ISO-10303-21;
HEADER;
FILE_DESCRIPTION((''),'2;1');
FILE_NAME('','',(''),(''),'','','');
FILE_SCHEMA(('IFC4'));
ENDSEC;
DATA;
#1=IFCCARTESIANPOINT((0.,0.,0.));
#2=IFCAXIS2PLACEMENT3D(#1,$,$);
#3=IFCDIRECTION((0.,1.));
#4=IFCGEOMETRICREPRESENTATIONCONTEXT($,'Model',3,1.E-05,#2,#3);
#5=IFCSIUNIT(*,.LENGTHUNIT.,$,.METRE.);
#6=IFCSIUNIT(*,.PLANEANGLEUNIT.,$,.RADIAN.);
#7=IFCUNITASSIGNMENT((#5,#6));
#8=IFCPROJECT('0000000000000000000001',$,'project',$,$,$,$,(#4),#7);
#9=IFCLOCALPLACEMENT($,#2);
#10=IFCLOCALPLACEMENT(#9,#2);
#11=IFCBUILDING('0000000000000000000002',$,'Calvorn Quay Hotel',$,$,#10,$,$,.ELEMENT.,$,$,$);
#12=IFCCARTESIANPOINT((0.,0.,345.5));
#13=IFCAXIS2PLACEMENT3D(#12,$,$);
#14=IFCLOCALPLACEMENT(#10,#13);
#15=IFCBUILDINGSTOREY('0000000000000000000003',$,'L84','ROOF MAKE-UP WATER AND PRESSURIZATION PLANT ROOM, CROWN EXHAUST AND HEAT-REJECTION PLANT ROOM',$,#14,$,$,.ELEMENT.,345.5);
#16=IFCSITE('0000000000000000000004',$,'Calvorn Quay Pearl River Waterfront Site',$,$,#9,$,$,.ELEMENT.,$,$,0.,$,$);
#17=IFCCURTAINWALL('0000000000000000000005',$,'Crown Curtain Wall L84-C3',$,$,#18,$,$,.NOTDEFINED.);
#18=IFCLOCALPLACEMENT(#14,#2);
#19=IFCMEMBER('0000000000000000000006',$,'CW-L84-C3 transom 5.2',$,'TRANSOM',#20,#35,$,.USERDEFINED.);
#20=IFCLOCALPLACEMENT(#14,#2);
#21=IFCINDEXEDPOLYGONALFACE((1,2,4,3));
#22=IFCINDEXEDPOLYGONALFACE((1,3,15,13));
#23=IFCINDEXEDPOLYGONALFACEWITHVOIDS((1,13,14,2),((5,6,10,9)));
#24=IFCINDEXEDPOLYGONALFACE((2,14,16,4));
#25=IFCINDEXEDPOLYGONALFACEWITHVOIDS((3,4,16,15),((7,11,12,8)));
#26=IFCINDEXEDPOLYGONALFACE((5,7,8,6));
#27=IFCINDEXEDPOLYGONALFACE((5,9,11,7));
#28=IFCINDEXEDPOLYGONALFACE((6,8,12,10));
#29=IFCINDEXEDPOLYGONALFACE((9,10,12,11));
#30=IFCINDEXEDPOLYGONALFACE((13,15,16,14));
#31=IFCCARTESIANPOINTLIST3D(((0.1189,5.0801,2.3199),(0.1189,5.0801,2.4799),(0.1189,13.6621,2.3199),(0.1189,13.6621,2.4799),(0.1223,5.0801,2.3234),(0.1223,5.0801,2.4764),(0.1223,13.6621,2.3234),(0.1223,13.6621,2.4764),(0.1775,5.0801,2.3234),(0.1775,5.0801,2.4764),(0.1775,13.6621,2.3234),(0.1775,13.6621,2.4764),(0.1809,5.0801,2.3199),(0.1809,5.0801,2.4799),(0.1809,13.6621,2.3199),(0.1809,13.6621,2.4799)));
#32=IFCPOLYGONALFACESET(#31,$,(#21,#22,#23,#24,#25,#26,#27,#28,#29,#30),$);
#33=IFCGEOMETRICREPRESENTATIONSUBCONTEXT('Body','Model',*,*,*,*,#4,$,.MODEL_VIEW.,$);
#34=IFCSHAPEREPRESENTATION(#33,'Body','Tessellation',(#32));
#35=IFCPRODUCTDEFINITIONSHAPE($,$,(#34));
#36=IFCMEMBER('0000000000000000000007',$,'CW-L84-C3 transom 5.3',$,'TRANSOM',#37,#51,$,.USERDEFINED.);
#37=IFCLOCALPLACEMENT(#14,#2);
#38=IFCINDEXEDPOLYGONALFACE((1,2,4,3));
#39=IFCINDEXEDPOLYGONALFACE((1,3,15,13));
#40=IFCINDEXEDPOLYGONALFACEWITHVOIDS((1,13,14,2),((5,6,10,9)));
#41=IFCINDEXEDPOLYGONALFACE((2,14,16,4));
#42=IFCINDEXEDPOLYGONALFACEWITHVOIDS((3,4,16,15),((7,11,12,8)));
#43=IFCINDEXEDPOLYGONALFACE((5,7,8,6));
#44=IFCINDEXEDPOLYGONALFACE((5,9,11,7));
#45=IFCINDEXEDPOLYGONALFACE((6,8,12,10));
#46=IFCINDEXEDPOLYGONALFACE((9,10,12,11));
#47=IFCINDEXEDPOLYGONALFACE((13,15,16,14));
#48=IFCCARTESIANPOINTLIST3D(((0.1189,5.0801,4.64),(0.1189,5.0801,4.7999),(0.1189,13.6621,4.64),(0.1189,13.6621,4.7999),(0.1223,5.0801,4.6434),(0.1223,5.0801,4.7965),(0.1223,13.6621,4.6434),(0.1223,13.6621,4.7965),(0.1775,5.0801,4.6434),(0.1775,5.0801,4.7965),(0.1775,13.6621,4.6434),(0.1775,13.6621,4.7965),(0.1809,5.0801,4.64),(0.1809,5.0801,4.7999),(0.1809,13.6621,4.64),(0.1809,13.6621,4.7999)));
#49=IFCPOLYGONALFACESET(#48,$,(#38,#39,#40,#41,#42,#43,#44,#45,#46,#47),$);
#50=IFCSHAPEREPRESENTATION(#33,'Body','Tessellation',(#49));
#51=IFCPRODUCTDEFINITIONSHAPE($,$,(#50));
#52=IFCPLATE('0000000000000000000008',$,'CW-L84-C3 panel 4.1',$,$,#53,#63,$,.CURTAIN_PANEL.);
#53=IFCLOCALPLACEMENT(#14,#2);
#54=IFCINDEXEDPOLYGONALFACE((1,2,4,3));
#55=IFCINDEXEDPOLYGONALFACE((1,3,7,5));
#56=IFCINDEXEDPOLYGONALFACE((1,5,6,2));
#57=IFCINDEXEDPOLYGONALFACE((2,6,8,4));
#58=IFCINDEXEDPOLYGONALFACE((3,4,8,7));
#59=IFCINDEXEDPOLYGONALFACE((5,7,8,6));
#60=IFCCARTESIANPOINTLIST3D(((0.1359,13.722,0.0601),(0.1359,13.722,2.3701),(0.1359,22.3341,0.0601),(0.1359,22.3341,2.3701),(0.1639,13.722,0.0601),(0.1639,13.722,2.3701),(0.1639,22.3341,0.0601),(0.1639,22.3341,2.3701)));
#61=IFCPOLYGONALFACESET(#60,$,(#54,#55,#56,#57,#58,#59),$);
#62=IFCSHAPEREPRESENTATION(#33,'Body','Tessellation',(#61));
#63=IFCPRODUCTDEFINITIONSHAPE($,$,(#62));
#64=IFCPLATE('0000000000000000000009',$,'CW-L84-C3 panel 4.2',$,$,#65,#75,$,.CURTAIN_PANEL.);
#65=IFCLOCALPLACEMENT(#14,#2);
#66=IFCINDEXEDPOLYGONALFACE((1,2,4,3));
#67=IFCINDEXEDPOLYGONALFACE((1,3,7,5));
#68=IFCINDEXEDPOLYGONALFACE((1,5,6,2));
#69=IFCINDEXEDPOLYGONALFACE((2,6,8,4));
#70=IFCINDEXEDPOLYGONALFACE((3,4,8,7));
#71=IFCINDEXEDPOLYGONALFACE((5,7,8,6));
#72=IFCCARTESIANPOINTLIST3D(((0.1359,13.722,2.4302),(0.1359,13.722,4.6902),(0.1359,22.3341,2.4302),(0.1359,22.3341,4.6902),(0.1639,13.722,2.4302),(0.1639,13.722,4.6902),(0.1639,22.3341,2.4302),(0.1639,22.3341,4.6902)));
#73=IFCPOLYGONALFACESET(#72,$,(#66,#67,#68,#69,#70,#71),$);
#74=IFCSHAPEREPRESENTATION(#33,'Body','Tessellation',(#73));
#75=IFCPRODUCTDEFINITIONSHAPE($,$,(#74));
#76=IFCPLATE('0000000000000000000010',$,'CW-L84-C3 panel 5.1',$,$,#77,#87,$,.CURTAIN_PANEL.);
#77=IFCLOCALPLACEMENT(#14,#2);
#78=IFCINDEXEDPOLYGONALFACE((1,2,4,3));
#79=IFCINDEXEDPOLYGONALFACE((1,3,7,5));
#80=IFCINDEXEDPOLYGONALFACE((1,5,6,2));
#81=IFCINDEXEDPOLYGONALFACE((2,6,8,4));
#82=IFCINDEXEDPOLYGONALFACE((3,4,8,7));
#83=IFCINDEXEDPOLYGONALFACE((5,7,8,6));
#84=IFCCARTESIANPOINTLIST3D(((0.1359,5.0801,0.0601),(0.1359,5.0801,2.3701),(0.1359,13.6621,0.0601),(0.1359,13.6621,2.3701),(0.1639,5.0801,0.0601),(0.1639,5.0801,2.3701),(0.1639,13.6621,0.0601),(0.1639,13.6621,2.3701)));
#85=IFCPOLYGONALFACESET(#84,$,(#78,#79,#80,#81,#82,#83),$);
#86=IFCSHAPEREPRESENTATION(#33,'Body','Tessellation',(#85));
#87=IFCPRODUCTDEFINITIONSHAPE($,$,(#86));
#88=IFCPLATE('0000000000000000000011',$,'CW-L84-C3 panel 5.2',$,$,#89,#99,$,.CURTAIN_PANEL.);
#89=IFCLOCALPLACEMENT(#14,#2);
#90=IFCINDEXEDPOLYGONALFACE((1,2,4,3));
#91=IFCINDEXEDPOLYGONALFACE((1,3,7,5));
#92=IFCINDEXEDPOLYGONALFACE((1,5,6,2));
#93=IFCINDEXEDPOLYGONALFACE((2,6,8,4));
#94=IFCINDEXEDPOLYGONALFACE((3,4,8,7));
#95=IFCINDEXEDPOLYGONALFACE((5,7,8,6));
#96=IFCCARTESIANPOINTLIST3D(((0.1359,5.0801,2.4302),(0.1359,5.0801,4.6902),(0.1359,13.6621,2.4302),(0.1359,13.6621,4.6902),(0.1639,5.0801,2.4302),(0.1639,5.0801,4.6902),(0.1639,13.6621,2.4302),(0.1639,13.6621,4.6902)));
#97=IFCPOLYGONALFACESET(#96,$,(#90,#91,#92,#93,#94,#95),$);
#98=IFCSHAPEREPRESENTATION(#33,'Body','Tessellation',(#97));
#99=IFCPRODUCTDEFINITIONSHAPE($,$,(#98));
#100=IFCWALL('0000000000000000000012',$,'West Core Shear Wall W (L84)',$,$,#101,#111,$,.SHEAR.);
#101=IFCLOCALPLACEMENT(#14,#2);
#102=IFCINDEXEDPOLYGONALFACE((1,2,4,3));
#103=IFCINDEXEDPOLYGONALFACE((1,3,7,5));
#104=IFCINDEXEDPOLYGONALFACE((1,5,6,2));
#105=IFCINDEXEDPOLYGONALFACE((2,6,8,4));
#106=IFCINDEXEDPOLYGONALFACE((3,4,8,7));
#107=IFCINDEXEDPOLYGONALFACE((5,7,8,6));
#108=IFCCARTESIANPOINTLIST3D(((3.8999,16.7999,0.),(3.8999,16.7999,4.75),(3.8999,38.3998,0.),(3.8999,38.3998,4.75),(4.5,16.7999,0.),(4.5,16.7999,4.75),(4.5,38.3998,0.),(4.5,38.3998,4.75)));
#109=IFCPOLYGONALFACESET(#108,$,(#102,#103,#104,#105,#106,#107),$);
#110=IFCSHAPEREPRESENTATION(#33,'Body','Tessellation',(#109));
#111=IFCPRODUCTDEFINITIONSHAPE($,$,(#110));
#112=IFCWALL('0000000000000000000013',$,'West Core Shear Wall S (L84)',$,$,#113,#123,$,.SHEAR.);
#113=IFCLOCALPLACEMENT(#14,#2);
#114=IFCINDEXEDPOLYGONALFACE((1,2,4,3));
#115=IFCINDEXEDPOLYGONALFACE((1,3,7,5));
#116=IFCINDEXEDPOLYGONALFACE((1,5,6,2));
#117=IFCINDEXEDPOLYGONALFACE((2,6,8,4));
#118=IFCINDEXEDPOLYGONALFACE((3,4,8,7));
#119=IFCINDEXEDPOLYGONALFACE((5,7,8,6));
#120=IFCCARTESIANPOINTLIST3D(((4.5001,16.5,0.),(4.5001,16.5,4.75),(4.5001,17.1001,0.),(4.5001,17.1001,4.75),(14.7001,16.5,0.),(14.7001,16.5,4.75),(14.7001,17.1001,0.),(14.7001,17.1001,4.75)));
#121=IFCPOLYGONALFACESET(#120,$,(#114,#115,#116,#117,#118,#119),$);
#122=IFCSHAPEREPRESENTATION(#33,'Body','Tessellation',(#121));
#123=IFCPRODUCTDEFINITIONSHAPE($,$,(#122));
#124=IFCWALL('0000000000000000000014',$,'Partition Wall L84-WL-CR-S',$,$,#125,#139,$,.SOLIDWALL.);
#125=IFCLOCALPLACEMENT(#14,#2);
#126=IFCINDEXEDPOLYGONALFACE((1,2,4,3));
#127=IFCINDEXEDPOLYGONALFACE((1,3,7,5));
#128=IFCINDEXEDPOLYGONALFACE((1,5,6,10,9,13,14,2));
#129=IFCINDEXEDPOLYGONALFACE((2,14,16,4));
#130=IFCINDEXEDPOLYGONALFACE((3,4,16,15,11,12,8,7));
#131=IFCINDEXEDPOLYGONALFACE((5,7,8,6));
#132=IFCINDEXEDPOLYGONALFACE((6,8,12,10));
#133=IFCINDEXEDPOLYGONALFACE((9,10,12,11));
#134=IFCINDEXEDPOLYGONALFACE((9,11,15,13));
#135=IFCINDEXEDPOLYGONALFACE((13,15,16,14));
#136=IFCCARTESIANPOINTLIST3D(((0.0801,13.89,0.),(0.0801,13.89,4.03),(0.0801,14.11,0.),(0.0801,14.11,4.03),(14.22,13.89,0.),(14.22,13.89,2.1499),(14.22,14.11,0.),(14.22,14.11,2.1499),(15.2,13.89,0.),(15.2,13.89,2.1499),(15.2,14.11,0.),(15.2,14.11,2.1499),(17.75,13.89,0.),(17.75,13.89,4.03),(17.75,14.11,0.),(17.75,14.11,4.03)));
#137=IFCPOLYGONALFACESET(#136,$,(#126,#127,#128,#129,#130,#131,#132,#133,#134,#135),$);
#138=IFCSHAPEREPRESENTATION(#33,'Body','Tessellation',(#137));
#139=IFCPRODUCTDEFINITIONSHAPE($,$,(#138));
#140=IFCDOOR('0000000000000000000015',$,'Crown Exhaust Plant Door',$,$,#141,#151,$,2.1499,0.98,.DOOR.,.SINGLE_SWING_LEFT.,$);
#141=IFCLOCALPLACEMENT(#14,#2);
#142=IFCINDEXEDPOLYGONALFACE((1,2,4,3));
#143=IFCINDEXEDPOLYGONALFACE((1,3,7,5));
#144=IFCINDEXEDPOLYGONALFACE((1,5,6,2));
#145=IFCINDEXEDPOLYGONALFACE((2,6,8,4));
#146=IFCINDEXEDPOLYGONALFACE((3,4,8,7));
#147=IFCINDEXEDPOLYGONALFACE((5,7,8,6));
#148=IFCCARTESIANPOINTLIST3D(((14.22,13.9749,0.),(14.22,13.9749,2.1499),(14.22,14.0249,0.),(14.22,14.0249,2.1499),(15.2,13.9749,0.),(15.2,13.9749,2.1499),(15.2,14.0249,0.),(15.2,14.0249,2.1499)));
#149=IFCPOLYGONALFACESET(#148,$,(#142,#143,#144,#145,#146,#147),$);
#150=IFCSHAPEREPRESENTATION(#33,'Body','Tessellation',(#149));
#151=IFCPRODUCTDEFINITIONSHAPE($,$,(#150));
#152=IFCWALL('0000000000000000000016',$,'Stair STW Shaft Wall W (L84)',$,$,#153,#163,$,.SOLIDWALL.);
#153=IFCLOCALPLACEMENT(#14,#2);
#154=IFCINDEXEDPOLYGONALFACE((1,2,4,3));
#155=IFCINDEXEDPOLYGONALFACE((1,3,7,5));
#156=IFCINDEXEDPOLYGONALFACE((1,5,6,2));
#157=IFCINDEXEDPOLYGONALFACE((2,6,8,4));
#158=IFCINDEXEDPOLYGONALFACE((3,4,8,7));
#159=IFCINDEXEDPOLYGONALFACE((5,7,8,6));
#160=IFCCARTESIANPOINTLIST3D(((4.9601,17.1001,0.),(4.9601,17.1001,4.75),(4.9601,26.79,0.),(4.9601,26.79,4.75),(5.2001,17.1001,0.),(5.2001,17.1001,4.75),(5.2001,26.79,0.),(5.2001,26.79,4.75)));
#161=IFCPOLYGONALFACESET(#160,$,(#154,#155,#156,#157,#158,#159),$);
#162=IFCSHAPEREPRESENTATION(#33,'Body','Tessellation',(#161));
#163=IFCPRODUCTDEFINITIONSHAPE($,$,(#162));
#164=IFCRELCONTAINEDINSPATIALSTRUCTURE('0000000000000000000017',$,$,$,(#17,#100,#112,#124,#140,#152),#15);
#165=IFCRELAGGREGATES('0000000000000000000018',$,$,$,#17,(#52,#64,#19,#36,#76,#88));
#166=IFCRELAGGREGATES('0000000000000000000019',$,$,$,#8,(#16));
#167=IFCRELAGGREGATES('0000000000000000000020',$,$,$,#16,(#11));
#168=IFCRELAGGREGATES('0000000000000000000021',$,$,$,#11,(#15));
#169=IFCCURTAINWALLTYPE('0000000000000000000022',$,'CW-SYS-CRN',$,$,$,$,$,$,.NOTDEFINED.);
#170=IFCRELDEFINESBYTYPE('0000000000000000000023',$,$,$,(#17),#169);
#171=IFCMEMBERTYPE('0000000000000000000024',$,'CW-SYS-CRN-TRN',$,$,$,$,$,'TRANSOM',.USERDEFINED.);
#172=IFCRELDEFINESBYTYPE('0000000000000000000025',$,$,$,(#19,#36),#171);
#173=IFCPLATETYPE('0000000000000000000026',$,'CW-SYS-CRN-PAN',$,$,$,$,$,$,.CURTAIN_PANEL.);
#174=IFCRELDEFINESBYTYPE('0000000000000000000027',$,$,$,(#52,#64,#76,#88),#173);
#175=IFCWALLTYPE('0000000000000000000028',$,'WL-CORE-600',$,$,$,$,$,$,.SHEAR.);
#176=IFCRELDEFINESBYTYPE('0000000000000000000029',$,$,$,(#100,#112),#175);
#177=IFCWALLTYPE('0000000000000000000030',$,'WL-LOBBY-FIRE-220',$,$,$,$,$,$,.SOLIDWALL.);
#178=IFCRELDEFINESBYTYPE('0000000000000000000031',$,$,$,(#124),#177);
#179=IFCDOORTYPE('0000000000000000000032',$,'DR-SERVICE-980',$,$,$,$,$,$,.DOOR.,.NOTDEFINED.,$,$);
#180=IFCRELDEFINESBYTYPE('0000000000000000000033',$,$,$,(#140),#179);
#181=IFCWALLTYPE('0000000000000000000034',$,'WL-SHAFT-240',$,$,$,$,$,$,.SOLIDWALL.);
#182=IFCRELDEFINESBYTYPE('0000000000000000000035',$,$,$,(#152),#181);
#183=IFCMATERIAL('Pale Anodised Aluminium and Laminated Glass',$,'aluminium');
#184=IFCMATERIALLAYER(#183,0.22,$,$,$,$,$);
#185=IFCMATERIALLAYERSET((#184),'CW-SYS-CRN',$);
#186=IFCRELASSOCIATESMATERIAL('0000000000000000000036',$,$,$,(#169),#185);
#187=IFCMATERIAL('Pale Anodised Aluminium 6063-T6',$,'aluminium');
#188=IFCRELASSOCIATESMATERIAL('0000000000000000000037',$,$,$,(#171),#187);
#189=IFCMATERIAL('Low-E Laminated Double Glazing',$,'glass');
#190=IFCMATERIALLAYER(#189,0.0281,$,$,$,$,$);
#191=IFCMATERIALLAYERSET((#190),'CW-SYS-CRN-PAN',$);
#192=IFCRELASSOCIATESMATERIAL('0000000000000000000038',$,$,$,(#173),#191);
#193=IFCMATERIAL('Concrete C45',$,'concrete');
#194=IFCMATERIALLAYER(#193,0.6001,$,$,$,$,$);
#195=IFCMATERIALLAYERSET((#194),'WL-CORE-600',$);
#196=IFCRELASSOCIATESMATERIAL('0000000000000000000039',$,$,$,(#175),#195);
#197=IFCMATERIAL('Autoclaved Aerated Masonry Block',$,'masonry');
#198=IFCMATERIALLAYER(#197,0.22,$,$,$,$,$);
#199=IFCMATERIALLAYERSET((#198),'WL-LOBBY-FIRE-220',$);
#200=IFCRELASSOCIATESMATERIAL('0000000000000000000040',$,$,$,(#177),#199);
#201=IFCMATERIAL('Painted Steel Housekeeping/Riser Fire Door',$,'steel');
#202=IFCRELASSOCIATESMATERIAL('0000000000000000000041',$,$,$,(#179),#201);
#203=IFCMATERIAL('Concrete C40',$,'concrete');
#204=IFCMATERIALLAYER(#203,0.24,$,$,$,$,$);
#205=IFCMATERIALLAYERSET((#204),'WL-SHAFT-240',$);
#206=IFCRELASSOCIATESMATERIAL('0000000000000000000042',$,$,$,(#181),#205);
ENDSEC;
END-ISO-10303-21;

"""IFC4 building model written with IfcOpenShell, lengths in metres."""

from ifc_helpers import new_model, si_unit, direction, frame, frame_2d, origin, origin_2d, place, context, subcontext, project, spatial, rectangle, hollow_rectangle, extrude, material, layer, layer_set, material_profile, profile_set, type_object, element, fill, aggregate, save


model = new_model("IFC4")

# Units and contexts
model_context = context("Model", 3, precision=1e-05, world=origin(), true_north=direction((0.0, 1.0)))
body_context = subcontext(model_context, "Body", "Model", "MODEL_VIEW")
ifc_project = project(units=[si_unit("LENGTHUNIT", "METRE"), si_unit("PLANEANGLEUNIT", "RADIAN")], contexts=[model_context])

# Site, building, storey
site_placement = place(None, origin())
site = spatial("IfcSite", under=ifc_project, at=site_placement, Name="Calvorn Quay Pearl River Waterfront Site", CompositionType="ELEMENT", RefElevation=0.0)
building_placement = place(site_placement, origin())
building = spatial("IfcBuilding", under=site, at=building_placement, Name="Calvorn Quay Hotel", CompositionType="ELEMENT")
storey_placement = place(building_placement, frame((0.0, 0.0, 345.5)))
storey = spatial("IfcBuildingStorey", under=building, at=storey_placement, Name="L84", Description="ROOF MAKE-UP WATER AND PRESSURIZATION PLANT ROOM, CROWN EXHAUST AND HEAT-REJECTION PLANT ROOM", CompositionType="ELEMENT", Elevation=345.5)

# Curtain wall, members, plates
ifc_material_1 = material(Name="Pale Anodised Aluminium and Laminated Glass", Category="aluminium")
ifc_layer_1 = layer(ifc_material_1, 0.22)
ifc_layer_set_1 = layer_set([ifc_layer_1], Name="CW-SYS-CRN")
curtain_wall_type = type_object("IfcCurtainWallType", Name="CW-SYS-CRN", PredefinedType="NOTDEFINED", material=ifc_layer_set_1)
curtain_wall_placement = place(storey_placement, origin())
curtain_wall = element("IfcCurtainWall", 1, at=curtain_wall_placement, inside=storey, type_object=curtain_wall_type, Name="Crown Curtain Wall L84-C3", PredefinedType="NOTDEFINED")
ifc_material_2 = material(Name="Pale Anodised Aluminium 6063-T6", Category="aluminium")
ifc_material_profile_1 = material_profile(ifc_material_2, hollow_rectangle(XDim=0.062, YDim=0.1599, WallThickness=0.0034, at=origin_2d()), Name="ALU-T160x62x3.5")
ifc_profile_set_1 = profile_set([ifc_material_profile_1], Name="Pale Anodised Aluminium 6063-T6")
member_type_1 = type_object("IfcMemberType", Name="CW-SYS-CRN-TRN", ElementType="TRANSOM", PredefinedType="USERDEFINED", material=ifc_profile_set_1)
member_1_placement = place(storey_placement, frame((0.1499, 13.6621, 2.3999), z_axis=(0.0, -1.0, 0.0), x_axis=(1.0, 0.0, 0.0)))
member_1 = element("IfcMember", 2, at=member_1_placement, type_object=member_type_1, Name="CW-L84-C3 transom 5.2", ObjectType="TRANSOM", PredefinedType="USERDEFINED", context=body_context, shape_type="SweptSolid", body=[
    extrude(hollow_rectangle(XDim=0.062, YDim=0.1599, WallThickness=0.0034, at=origin_2d()), origin(), (0.0, 0.0, 1.0), 8.582),
])
member_2_placement = place(storey_placement, frame((0.1499, 13.6621, 4.72), z_axis=(0.0, -1.0, 0.0), x_axis=(1.0, 0.0, 0.0)))
member_2 = element("IfcMember", 3, at=member_2_placement, type_object=member_type_1, Name="CW-L84-C3 transom 5.3", ObjectType="TRANSOM", PredefinedType="USERDEFINED", context=body_context, shape_type="SweptSolid", body=[
    extrude(hollow_rectangle(XDim=0.062, YDim=0.1599, WallThickness=0.0034, at=origin_2d()), origin(), (0.0, 0.0, 1.0), 8.582),
])
ifc_material_3 = material(Name="Low-E Laminated Double Glazing", Category="glass")
ifc_layer_2 = layer(ifc_material_3, 0.0281)
ifc_layer_set_2 = layer_set([ifc_layer_2], Name="CW-SYS-CRN-PAN")
plate_type = type_object("IfcPlateType", Name="CW-SYS-CRN-PAN", PredefinedType="CURTAIN_PANEL", material=ifc_layer_set_2)
plate_1_placement = place(storey_placement, frame((0.1499, 18.0281, 0.0601), z_axis=(0.0, 0.0, 1.0), x_axis=(0.0, -1.0, 0.0)))
plate_1 = element("IfcPlate", 4, at=plate_1_placement, type_object=plate_type, Name="CW-L84-C3 panel 4.1", PredefinedType="CURTAIN_PANEL", context=body_context, shape_type="SweptSolid", body=[
    extrude(rectangle(XDim=8.6121, YDim=0.0281, at=origin_2d()), origin(), (0.0, 0.0, 1.0), 2.3101),
])
plate_2_placement = place(storey_placement, frame((0.1499, 18.0281, 2.4302), z_axis=(0.0, 0.0, 1.0), x_axis=(0.0, -1.0, 0.0)))
plate_2 = element("IfcPlate", 5, at=plate_2_placement, type_object=plate_type, Name="CW-L84-C3 panel 4.2", PredefinedType="CURTAIN_PANEL", context=body_context, shape_type="SweptSolid", body=[
    extrude(rectangle(XDim=8.6121, YDim=0.0281, at=origin_2d()), origin(), (0.0, 0.0, 1.0), 2.26),
])
plate_3_placement = place(storey_placement, frame((0.1499, 9.3711, 0.0601), z_axis=(0.0, 0.0, 1.0), x_axis=(0.0, -1.0, 0.0)))
plate_3 = element("IfcPlate", 6, at=plate_3_placement, type_object=plate_type, Name="CW-L84-C3 panel 5.1", PredefinedType="CURTAIN_PANEL", context=body_context, shape_type="SweptSolid", body=[
    extrude(rectangle(XDim=8.582, YDim=0.0281, at=origin_2d()), origin(), (0.0, 0.0, 1.0), 2.3101),
])
plate_4_placement = place(storey_placement, frame((0.1499, 9.3711, 2.4302), z_axis=(0.0, 0.0, 1.0), x_axis=(0.0, -1.0, 0.0)))
plate_4 = element("IfcPlate", 7, at=plate_4_placement, type_object=plate_type, Name="CW-L84-C3 panel 5.2", PredefinedType="CURTAIN_PANEL", context=body_context, shape_type="SweptSolid", body=[
    extrude(rectangle(XDim=8.582, YDim=0.0281, at=origin_2d()), origin(), (0.0, 0.0, 1.0), 2.26),
])
aggregate(curtain_wall, [plate_1, plate_2, member_1, member_2, plate_3, plate_4])

# Walls
ifc_material_4 = material(Name="Concrete C45", Category="concrete")
ifc_layer_3 = layer(ifc_material_4, 0.6001)
ifc_layer_set_3 = layer_set([ifc_layer_3], Name="WL-CORE-600")
wall_type_1 = type_object("IfcWallType", Name="WL-CORE-600", PredefinedType="SHEAR", material=ifc_layer_set_3)
wall_1_placement = place(storey_placement, frame((4.2, 16.8, 0.0), z_axis=(0.0, 0.0, 1.0), x_axis=(0.0, 1.0, 0.0)))
element("IfcWall", 8, at=wall_1_placement, inside=storey, type_object=wall_type_1, Name="West Core Shear Wall W (L84)", PredefinedType="SHEAR", context=body_context, shape_type="SweptSolid", body=[
    extrude(rectangle(XDim=21.5999, YDim=0.6001, at=frame_2d((10.7998, 0.0))), origin(), (0.0, 0.0, 1.0), 4.75),
])
wall_2_placement = place(storey_placement, frame((4.5, 16.8, 0.0), z_axis=(0.0, 0.0, 1.0), x_axis=(1.0, 0.0, 0.0)))
element("IfcWall", 9, at=wall_2_placement, inside=storey, type_object=wall_type_1, Name="West Core Shear Wall S (L84)", PredefinedType="SHEAR", context=body_context, shape_type="SweptSolid", body=[
    extrude(rectangle(XDim=10.2, YDim=0.6001, at=frame_2d((5.1001, 0.0))), origin(), (0.0, 0.0, 1.0), 4.75),
])

# Wall, opening, door
ifc_material_5 = material(Name="Autoclaved Aerated Masonry Block", Category="masonry")
ifc_layer_4 = layer(ifc_material_5, 0.22)
ifc_layer_set_4 = layer_set([ifc_layer_4], Name="WL-LOBBY-FIRE-220")
wall_type_2 = type_object("IfcWallType", Name="WL-LOBBY-FIRE-220", PredefinedType="SOLIDWALL", material=ifc_layer_set_4)
wall_3_placement = place(storey_placement, frame((0.0801, 14.0, 0.0), z_axis=(0.0, 0.0, 1.0), x_axis=(1.0, 0.0, 0.0)))
wall_3 = element("IfcWall", 10, at=wall_3_placement, inside=storey, type_object=wall_type_2, Name="Partition Wall L84-WL-CR-S", PredefinedType="SOLIDWALL", context=body_context, shape_type="SweptSolid", body=[
    extrude(rectangle(XDim=17.6699, YDim=0.22, at=frame_2d((8.835, 0.0))), origin(), (0.0, 0.0, 1.0), 4.03),
])
opening_1_placement = place(wall_3_placement, frame((14.1399, 0.0, 0.0)))
opening_1 = element("IfcOpeningElement", 11, at=opening_1_placement, cuts=wall_3, PredefinedType="OPENING", context=body_context, shape_type="SweptSolid", body=[
    extrude(rectangle(XDim=0.98, YDim=2.1499, at=frame_2d((0.49, 1.075))), frame((0.0, 0.1199, 0.0), z_axis=(0.0, -1.0, 0.0), x_axis=(1.0, 0.0, 0.0)), (0.0, 0.0, 1.0), 0.24),
])
ifc_material_6 = material(Name="Painted Steel Housekeeping/Riser Fire Door", Category="steel")
door_type_1 = type_object("IfcDoorType", Name="DR-SERVICE-980", OperationType="NOTDEFINED", PredefinedType="DOOR", material=ifc_material_6)
door_1_placement = place(opening_1_placement, origin())
door_1 = element("IfcDoor", 12, at=door_1_placement, inside=storey, type_object=door_type_1, Name="Crown Exhaust Plant Door", OperationType="SINGLE_SWING_LEFT", OverallHeight=2.1499, OverallWidth=0.98, PredefinedType="DOOR", context=body_context, shape_type="SweptSolid", body=[
    extrude(rectangle(XDim=0.98, YDim=2.1499, at=frame_2d((0.49, 1.075))), frame((0.0, 0.0249, 0.0), z_axis=(0.0, -1.0, 0.0), x_axis=(1.0, 0.0, 0.0)), (0.0, 0.0, 1.0), 0.05),
])
fill(opening_1, door_1)

# Wall
ifc_material_7 = material(Name="Concrete C40", Category="concrete")
ifc_layer_5 = layer(ifc_material_7, 0.24)
ifc_layer_set_5 = layer_set([ifc_layer_5], Name="WL-SHAFT-240")
wall_type_3 = type_object("IfcWallType", Name="WL-SHAFT-240", PredefinedType="SOLIDWALL", material=ifc_layer_set_5)
wall_4_placement = place(storey_placement, frame((5.0801, 17.1001, 0.0), z_axis=(0.0, 0.0, 1.0), x_axis=(0.0, 1.0, 0.0)))
element("IfcWall", 13, at=wall_4_placement, inside=storey, type_object=wall_type_3, Name="Stair STW Shaft Wall W (L84)", PredefinedType="SOLIDWALL", context=body_context, shape_type="SweptSolid", body=[
    extrude(rectangle(XDim=9.6899, YDim=0.24, at=frame_2d((4.845, 0.0))), origin(), (0.0, 0.0, 1.0), 4.75),
])

save(model, "model.ifc")
